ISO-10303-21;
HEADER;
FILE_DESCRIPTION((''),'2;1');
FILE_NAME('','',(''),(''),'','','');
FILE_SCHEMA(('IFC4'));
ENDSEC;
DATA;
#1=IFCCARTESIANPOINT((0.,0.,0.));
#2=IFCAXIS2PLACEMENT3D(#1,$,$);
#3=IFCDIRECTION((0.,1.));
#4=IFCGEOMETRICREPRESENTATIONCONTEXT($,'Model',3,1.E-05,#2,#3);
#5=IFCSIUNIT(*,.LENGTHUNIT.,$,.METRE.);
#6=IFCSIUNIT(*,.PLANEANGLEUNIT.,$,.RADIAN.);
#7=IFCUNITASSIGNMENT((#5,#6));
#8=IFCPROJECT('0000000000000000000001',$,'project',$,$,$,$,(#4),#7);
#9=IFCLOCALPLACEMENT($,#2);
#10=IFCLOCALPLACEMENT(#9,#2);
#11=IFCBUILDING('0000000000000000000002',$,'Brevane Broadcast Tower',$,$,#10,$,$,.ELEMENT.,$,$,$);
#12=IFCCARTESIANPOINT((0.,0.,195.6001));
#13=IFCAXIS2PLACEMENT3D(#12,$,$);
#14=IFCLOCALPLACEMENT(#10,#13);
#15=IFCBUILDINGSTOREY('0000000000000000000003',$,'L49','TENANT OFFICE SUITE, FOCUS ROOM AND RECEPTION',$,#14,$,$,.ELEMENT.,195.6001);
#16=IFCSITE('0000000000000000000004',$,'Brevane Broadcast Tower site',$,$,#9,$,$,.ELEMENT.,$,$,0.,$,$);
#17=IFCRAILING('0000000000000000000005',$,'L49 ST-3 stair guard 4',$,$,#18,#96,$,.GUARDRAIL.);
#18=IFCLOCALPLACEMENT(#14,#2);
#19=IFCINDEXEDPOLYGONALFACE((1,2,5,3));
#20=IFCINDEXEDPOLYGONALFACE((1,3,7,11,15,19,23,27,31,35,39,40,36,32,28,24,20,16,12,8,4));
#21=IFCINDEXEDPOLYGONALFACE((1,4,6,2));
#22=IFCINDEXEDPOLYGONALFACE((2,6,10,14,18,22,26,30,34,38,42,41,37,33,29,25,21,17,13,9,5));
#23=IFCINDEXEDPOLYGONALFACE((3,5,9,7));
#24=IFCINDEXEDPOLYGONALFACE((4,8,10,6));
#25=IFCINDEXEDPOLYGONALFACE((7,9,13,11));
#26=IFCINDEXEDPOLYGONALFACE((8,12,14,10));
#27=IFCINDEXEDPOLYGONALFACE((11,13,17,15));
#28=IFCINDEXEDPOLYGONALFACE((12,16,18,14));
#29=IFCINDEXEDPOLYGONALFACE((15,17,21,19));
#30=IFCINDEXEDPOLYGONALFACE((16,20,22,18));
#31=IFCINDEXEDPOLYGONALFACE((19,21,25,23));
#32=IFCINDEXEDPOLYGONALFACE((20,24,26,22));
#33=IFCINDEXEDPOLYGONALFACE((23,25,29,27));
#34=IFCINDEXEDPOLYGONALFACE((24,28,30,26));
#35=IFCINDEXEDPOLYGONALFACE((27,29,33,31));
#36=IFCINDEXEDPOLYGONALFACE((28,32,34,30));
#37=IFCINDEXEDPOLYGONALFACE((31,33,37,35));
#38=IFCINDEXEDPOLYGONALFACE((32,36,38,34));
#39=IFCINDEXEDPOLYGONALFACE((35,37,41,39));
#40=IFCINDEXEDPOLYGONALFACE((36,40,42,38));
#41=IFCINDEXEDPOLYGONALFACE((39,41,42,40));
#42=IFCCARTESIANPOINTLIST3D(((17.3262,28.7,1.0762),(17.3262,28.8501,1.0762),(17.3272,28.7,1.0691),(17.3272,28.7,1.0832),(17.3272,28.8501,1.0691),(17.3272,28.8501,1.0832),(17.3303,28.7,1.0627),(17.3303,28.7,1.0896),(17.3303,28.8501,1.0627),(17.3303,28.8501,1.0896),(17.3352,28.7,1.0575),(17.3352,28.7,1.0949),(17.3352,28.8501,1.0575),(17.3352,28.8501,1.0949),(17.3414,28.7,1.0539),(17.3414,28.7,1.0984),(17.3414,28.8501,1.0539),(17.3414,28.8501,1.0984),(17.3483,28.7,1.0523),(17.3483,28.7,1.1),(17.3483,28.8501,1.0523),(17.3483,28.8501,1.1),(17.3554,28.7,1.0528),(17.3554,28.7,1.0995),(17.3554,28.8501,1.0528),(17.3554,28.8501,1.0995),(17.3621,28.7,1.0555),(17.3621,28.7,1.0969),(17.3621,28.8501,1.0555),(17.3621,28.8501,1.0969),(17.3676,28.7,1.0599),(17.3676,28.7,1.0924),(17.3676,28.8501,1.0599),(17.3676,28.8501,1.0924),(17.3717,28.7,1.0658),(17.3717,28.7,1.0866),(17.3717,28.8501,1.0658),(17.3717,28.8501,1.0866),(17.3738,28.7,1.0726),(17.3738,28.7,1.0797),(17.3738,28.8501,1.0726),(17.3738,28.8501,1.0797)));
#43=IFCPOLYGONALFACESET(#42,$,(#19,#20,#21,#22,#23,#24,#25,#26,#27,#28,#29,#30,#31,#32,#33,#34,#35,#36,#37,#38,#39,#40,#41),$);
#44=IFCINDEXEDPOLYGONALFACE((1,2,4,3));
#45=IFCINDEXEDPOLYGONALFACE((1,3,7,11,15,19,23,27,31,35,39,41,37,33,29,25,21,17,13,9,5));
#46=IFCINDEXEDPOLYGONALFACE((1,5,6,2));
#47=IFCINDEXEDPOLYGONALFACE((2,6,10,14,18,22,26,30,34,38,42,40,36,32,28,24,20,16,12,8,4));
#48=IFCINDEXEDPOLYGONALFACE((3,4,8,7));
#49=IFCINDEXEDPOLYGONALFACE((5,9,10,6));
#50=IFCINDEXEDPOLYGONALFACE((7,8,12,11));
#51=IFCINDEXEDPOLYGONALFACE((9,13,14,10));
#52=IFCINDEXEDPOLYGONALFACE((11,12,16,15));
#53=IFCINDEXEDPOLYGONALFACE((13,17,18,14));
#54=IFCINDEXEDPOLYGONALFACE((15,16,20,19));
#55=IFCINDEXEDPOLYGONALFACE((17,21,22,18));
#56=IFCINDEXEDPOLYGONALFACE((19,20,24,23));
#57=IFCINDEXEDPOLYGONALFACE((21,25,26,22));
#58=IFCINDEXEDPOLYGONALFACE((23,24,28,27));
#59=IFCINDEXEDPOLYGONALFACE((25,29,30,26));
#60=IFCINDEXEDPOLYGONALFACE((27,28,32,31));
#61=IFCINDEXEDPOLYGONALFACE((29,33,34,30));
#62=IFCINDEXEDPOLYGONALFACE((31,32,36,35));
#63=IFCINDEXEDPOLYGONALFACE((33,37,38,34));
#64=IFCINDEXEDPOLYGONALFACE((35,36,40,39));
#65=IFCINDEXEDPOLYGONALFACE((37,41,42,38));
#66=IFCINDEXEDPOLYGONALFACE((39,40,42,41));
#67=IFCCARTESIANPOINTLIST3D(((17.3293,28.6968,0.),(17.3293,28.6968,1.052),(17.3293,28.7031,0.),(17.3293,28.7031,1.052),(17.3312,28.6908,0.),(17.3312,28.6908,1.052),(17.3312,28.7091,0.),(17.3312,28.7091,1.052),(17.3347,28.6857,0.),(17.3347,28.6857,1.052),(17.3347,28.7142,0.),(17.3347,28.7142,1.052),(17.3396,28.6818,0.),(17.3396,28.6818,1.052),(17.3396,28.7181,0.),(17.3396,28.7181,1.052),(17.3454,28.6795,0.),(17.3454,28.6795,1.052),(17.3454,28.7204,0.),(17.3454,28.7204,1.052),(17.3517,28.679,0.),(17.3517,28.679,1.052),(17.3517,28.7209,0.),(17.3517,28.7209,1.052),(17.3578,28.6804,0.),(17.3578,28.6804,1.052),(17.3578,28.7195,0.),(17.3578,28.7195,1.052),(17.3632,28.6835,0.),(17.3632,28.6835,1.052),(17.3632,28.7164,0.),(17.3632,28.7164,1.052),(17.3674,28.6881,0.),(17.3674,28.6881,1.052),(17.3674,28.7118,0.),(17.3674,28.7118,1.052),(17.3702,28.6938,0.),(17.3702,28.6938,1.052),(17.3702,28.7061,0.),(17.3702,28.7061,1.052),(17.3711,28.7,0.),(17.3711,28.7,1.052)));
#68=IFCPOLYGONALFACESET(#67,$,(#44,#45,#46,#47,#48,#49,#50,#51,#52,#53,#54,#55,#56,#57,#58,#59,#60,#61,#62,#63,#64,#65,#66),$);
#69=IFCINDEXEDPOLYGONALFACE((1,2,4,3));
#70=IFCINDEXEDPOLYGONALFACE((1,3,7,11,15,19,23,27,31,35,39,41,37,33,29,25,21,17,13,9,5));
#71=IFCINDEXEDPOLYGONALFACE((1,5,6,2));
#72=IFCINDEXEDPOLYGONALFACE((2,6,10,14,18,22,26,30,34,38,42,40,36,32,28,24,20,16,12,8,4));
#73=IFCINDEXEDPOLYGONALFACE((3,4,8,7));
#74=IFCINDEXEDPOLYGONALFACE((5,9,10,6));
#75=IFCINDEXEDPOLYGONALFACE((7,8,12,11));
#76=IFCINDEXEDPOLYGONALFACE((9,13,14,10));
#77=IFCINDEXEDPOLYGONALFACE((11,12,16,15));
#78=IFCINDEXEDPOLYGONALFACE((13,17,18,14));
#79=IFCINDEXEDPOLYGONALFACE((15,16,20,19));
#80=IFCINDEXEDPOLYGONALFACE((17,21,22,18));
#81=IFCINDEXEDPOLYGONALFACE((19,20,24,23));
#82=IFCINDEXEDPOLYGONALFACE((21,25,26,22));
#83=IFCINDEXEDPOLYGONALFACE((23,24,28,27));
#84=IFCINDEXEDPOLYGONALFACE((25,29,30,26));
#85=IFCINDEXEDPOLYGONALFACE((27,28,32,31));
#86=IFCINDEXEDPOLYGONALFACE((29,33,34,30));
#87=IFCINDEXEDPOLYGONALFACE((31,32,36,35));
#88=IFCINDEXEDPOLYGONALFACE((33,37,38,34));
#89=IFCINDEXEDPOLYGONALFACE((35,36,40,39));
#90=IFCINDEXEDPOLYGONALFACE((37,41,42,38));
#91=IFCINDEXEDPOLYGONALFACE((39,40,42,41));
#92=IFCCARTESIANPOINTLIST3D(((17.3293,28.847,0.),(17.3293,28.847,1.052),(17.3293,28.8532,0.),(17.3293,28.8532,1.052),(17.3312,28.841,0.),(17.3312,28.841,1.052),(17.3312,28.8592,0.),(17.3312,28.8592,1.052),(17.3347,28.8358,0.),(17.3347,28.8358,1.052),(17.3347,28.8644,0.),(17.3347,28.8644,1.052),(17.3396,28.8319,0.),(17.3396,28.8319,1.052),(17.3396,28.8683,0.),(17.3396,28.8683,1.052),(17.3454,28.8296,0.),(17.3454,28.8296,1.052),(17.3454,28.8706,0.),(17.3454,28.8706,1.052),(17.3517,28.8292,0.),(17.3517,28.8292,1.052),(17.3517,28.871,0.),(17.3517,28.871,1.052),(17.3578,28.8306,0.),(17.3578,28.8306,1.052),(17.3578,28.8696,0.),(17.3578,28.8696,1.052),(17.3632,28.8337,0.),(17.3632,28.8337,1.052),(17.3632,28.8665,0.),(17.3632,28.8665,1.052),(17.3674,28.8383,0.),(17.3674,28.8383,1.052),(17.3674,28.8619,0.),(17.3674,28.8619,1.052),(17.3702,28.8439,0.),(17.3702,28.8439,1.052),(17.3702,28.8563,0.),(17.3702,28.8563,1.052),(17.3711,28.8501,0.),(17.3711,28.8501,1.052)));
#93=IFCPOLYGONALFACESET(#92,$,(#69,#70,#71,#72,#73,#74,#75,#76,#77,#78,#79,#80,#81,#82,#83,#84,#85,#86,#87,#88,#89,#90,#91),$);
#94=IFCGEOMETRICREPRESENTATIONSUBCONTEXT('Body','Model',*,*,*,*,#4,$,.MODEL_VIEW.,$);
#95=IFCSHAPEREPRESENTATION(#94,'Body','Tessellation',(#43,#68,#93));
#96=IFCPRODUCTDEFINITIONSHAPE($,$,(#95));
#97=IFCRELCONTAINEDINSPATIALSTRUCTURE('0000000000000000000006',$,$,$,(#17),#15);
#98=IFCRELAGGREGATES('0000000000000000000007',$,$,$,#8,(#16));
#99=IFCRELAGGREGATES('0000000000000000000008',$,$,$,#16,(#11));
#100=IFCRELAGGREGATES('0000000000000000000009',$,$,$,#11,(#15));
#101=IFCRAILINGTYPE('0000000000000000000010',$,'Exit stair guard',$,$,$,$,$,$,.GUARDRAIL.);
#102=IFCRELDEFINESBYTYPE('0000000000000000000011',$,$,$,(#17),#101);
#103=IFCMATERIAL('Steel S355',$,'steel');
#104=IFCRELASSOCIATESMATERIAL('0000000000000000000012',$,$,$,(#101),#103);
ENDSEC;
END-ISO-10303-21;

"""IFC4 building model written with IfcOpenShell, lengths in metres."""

from ifc_helpers import new_model, si_unit, direction, frame, origin, origin_2d, place, context, subcontext, project, spatial, circle, extrude, material, type_object, element, save


model = new_model("IFC4")

# Units and contexts
model_context = context("Model", 3, precision=1e-05, world=origin(), true_north=direction((0.0, 1.0)))
body_context = subcontext(model_context, "Body", "Model", "MODEL_VIEW")
ifc_project = project(units=[si_unit("LENGTHUNIT", "METRE"), si_unit("PLANEANGLEUNIT", "RADIAN")], contexts=[model_context])

# Site, building, storey
site_placement = place(None, origin())
site = spatial("IfcSite", under=ifc_project, at=site_placement, Name="Brevane Broadcast Tower site", CompositionType="ELEMENT", RefElevation=0.0)
building_placement = place(site_placement, origin())
building = spatial("IfcBuilding", under=site, at=building_placement, Name="Brevane Broadcast Tower", CompositionType="ELEMENT")
storey_placement = place(building_placement, frame((0.0, 0.0, 195.6001)))
storey = spatial("IfcBuildingStorey", under=building, at=storey_placement, Name="L49", Description="TENANT OFFICE SUITE, FOCUS ROOM AND RECEPTION", CompositionType="ELEMENT", Elevation=195.6001)

# Railing
ifc_material_1 = material(Name="Steel S355", Category="steel")
railing_type_1 = type_object("IfcRailingType", Name="Exit stair guard", PredefinedType="GUARDRAIL", material=ifc_material_1)
railing_1_placement = place(storey_placement, frame((17.3501, 28.7, 0.0)))
element("IfcRailing", 1, at=railing_1_placement, inside=storey, type_object=railing_type_1, Name="L49 ST-3 stair guard 4", PredefinedType="GUARDRAIL", context=body_context, shape_type="SweptSolid", body=[
    extrude(circle(Radius=0.0239, at=origin_2d()), frame((0.0, 0.0, 1.0762), z_axis=(0.0, 1.0, 0.0), x_axis=(-1.0, 0.0, 0.0)), (0.0, 0.0, 1.0), 0.1501),
    extrude(circle(Radius=0.021, at=origin_2d()), origin(), (0.0, 0.0, 1.0), 1.052),
    extrude(circle(Radius=0.021, at=origin_2d()), frame((0.0, 0.1501, 0.0)), (0.0, 0.0, 1.0), 1.052),
])

save(model, "model.ifc")
